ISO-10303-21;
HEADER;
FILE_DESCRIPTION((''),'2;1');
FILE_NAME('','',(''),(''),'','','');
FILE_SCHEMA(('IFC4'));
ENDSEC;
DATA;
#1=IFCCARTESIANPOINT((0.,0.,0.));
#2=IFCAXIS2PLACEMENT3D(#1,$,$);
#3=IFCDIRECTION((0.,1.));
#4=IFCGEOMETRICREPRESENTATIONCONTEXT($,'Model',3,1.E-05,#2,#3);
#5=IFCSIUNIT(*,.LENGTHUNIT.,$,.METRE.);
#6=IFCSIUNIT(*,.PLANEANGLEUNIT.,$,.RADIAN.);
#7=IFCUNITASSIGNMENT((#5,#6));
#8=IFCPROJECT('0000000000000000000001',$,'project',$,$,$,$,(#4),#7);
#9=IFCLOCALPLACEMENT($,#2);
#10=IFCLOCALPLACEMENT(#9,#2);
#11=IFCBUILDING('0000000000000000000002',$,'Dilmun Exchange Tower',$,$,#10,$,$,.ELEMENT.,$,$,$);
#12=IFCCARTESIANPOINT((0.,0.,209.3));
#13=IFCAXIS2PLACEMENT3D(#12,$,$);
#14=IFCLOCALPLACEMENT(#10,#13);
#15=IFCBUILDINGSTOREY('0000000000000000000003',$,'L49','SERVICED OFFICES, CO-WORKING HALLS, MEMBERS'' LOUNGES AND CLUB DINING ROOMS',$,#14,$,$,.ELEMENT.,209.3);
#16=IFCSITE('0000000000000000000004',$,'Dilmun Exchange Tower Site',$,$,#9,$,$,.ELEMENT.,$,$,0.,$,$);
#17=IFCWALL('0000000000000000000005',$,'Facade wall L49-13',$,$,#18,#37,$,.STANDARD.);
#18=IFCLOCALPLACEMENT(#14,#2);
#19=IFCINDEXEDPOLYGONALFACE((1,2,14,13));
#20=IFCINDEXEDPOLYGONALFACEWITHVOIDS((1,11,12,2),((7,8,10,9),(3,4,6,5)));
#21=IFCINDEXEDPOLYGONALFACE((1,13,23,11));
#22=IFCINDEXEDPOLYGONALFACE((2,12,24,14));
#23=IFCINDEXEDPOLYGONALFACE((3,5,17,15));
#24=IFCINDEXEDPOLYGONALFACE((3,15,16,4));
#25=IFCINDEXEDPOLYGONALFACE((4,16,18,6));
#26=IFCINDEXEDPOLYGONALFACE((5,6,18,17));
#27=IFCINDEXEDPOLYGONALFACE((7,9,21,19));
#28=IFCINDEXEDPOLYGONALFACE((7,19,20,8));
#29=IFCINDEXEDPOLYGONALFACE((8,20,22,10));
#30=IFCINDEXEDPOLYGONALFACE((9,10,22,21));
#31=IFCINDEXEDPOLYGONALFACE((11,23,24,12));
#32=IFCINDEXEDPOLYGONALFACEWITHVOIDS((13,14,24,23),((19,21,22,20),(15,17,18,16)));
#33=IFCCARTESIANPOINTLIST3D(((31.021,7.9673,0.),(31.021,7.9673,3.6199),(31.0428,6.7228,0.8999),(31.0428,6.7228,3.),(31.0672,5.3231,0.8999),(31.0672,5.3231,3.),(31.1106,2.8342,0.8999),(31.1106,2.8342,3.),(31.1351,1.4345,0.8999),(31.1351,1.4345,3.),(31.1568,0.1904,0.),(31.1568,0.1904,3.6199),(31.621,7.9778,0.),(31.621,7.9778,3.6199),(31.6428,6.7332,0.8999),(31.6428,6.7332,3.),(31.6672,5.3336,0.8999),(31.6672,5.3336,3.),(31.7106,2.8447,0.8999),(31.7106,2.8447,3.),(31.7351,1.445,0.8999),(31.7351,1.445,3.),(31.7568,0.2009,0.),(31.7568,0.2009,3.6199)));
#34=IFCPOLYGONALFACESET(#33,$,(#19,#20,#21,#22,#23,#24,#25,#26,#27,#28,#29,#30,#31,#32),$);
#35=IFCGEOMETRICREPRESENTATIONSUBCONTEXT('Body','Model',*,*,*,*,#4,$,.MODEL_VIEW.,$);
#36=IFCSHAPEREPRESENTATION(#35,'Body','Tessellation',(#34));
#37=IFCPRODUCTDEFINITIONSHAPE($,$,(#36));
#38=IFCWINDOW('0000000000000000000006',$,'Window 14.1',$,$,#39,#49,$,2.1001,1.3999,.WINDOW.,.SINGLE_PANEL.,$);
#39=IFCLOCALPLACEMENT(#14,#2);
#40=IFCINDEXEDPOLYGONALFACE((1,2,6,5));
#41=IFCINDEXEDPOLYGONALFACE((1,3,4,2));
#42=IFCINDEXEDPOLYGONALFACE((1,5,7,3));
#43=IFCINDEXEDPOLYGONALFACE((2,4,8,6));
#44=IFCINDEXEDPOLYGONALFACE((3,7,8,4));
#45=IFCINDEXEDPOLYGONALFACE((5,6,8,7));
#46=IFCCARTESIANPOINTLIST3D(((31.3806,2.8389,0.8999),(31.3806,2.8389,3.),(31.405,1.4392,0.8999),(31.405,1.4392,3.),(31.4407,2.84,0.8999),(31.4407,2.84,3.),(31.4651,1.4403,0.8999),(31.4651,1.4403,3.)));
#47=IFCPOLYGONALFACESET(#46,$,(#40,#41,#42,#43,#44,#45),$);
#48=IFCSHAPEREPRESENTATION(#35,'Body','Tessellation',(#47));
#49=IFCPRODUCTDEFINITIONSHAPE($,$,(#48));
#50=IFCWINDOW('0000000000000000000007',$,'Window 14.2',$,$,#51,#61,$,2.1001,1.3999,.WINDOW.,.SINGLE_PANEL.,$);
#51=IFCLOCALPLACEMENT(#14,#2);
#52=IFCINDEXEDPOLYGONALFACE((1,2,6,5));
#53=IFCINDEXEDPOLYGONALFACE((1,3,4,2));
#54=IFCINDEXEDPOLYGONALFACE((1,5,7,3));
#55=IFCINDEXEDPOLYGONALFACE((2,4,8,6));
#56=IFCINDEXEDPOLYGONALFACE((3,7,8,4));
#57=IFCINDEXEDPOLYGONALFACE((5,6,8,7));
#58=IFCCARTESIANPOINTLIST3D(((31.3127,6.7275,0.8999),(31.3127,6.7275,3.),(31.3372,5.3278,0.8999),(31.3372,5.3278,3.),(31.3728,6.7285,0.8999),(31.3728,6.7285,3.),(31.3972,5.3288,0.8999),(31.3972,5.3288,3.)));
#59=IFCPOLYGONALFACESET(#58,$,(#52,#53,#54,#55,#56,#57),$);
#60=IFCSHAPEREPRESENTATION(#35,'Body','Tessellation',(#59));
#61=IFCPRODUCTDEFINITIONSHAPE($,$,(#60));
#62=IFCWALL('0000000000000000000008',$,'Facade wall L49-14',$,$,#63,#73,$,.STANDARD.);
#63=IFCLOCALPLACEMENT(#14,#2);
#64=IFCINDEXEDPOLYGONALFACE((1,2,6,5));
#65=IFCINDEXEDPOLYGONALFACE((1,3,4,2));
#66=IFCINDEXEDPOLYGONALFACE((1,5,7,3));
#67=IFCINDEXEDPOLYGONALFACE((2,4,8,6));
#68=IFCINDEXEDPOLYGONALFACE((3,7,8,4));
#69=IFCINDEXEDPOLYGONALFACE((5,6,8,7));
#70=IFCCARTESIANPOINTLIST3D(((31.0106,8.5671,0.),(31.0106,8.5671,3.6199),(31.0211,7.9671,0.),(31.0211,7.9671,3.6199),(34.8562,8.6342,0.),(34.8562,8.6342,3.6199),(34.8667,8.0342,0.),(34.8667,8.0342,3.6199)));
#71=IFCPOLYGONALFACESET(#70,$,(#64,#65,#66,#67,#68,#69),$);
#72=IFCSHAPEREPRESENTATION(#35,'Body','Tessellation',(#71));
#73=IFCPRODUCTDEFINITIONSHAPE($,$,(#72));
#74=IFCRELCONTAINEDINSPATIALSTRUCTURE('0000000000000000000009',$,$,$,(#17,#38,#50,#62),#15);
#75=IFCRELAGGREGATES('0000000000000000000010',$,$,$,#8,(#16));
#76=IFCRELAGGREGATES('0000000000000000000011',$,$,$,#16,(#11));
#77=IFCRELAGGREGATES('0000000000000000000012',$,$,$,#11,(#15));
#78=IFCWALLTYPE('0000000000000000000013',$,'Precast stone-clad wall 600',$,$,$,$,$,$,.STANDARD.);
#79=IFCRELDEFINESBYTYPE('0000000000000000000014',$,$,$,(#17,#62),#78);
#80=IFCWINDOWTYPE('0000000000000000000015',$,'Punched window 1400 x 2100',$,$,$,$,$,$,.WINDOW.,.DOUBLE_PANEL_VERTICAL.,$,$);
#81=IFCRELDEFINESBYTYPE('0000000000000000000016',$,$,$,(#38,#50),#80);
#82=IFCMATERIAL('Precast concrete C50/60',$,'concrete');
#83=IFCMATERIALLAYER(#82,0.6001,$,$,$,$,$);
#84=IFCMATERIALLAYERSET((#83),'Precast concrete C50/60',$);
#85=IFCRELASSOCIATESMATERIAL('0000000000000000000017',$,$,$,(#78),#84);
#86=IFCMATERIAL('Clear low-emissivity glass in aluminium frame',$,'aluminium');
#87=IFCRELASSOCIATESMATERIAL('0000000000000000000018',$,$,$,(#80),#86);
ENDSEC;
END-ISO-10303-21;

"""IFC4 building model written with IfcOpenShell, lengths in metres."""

from ifc_helpers import new_model, si_unit, direction, frame, frame_2d, origin, place, context, subcontext, project, spatial, rectangle, extrude, material, layer, layer_set, type_object, element, fill, save


model = new_model("IFC4")

# Units and contexts
model_context = context("Model", 3, precision=1e-05, world=origin(), true_north=direction((0.0, 1.0)))
body_context = subcontext(model_context, "Body", "Model", "MODEL_VIEW")
ifc_project = project(units=[si_unit("LENGTHUNIT", "METRE"), si_unit("PLANEANGLEUNIT", "RADIAN")], contexts=[model_context])

# Site, building, storey
site_placement = place(None, origin())
site = spatial("IfcSite", under=ifc_project, at=site_placement, Name="Dilmun Exchange Tower Site", CompositionType="ELEMENT", RefElevation=0.0)
building_placement = place(site_placement, origin())
building = spatial("IfcBuilding", under=site, at=building_placement, Name="Dilmun Exchange Tower", CompositionType="ELEMENT")
storey_placement = place(building_placement, frame((0.0, 0.0, 209.3)))
storey = spatial("IfcBuildingStorey", under=building, at=storey_placement, Name="L49", Description="SERVICED OFFICES, CO-WORKING HALLS, MEMBERS' LOUNGES AND CLUB DINING ROOMS", CompositionType="ELEMENT", Elevation=209.3)

# Wall, openings, windows
ifc_material_1 = material(Name="Precast concrete C50/60", Category="concrete")
ifc_layer_1 = layer(ifc_material_1, 0.6001)
ifc_layer_set_1 = layer_set([ifc_layer_1], Name="Precast concrete C50/60")
wall_type_1 = type_object("IfcWallType", Name="Precast stone-clad wall 600", PredefinedType="STANDARD", material=ifc_layer_set_1)
wall_1_placement = place(storey_placement, frame((31.4568, 0.1956, 0.0), z_axis=(0.0, 0.0, 1.0), x_axis=(-0.017452, 0.999848, 0.0)))
wall_1 = element("IfcWall", 1, at=wall_1_placement, inside=storey, type_object=wall_type_1, Name="Facade wall L49-13", PredefinedType="STANDARD", context=body_context, shape_type="SweptSolid", body=[
    extrude(rectangle(XDim=7.7781, YDim=0.6001, at=frame_2d((3.8892, 0.0))), origin(), (0.0, 0.0, 1.0), 3.6199),
])
opening_1_placement = place(wall_1_placement, frame((1.2444, 0.0, 0.8999)))
opening_1 = element("IfcOpeningElement", 2, at=opening_1_placement, cuts=wall_1, PredefinedType="OPENING", context=body_context, shape_type="SweptSolid", body=[
    extrude(rectangle(XDim=1.3999, YDim=2.1001, at=frame_2d((0.7, 1.05))), frame((0.0, 0.3101, 0.0), z_axis=(0.0, -1.0, 0.0), x_axis=(1.0, 0.0, 0.0)), (0.0, 0.0, 1.0), 0.6201),
])
opening_2_placement = place(wall_1_placement, frame((5.1335, 0.0, 0.8999)))
opening_2 = element("IfcOpeningElement", 3, at=opening_2_placement, cuts=wall_1, PredefinedType="OPENING", context=body_context, shape_type="SweptSolid", body=[
    extrude(rectangle(XDim=1.3999, YDim=2.1001, at=frame_2d((0.7, 1.05))), frame((0.0, 0.3101, 0.0), z_axis=(0.0, -1.0, 0.0), x_axis=(1.0, 0.0, 0.0)), (0.0, 0.0, 1.0), 0.6201),
])
ifc_material_2 = material(Name="Clear low-emissivity glass in aluminium frame", Category="aluminium")
window_type_1 = type_object("IfcWindowType", Name="Punched window 1400 x 2100", PartitioningType="DOUBLE_PANEL_VERTICAL", PredefinedType="WINDOW", material=ifc_material_2)
window_1_placement = place(opening_1_placement, origin())
window_1 = element("IfcWindow", 4, at=window_1_placement, inside=storey, type_object=window_type_1, Name="Window 14.1", OverallHeight=2.1001, OverallWidth=1.3999, PartitioningType="SINGLE_PANEL", PredefinedType="WINDOW", context=body_context, shape_type="SweptSolid", body=[
    extrude(rectangle(XDim=1.3999, YDim=2.1001, at=frame_2d((0.7, 1.05))), frame((0.0, 0.03, 0.0), z_axis=(0.0, -1.0, 0.0), x_axis=(1.0, 0.0, 0.0)), (0.0, 0.0, 1.0), 0.0601),
])
fill(opening_1, window_1)
window_2_placement = place(opening_2_placement, origin())
window_2 = element("IfcWindow", 5, at=window_2_placement, inside=storey, type_object=window_type_1, Name="Window 14.2", OverallHeight=2.1001, OverallWidth=1.3999, PartitioningType="SINGLE_PANEL", PredefinedType="WINDOW", context=body_context, shape_type="SweptSolid", body=[
    extrude(rectangle(XDim=1.3999, YDim=2.1001, at=frame_2d((0.7, 1.05))), frame((0.0, 0.03, 0.0), z_axis=(0.0, -1.0, 0.0), x_axis=(1.0, 0.0, 0.0)), (0.0, 0.0, 1.0), 0.0601),
])
fill(opening_2, window_2)

# Wall
wall_2_placement = place(storey_placement, frame((31.0159, 8.2671, 0.0), z_axis=(0.0, 0.0, 1.0), x_axis=(0.999848, 0.017455, 0.0)))
element("IfcWall", 6, at=wall_2_placement, inside=storey, type_object=wall_type_1, Name="Facade wall L49-14", PredefinedType="STANDARD", context=body_context, shape_type="SweptSolid", body=[
    extrude(rectangle(XDim=3.8462, YDim=0.6001, at=frame_2d((1.9231, 0.0))), origin(), (0.0, 0.0, 1.0), 3.6199),
])

save(model, "model.ifc")
